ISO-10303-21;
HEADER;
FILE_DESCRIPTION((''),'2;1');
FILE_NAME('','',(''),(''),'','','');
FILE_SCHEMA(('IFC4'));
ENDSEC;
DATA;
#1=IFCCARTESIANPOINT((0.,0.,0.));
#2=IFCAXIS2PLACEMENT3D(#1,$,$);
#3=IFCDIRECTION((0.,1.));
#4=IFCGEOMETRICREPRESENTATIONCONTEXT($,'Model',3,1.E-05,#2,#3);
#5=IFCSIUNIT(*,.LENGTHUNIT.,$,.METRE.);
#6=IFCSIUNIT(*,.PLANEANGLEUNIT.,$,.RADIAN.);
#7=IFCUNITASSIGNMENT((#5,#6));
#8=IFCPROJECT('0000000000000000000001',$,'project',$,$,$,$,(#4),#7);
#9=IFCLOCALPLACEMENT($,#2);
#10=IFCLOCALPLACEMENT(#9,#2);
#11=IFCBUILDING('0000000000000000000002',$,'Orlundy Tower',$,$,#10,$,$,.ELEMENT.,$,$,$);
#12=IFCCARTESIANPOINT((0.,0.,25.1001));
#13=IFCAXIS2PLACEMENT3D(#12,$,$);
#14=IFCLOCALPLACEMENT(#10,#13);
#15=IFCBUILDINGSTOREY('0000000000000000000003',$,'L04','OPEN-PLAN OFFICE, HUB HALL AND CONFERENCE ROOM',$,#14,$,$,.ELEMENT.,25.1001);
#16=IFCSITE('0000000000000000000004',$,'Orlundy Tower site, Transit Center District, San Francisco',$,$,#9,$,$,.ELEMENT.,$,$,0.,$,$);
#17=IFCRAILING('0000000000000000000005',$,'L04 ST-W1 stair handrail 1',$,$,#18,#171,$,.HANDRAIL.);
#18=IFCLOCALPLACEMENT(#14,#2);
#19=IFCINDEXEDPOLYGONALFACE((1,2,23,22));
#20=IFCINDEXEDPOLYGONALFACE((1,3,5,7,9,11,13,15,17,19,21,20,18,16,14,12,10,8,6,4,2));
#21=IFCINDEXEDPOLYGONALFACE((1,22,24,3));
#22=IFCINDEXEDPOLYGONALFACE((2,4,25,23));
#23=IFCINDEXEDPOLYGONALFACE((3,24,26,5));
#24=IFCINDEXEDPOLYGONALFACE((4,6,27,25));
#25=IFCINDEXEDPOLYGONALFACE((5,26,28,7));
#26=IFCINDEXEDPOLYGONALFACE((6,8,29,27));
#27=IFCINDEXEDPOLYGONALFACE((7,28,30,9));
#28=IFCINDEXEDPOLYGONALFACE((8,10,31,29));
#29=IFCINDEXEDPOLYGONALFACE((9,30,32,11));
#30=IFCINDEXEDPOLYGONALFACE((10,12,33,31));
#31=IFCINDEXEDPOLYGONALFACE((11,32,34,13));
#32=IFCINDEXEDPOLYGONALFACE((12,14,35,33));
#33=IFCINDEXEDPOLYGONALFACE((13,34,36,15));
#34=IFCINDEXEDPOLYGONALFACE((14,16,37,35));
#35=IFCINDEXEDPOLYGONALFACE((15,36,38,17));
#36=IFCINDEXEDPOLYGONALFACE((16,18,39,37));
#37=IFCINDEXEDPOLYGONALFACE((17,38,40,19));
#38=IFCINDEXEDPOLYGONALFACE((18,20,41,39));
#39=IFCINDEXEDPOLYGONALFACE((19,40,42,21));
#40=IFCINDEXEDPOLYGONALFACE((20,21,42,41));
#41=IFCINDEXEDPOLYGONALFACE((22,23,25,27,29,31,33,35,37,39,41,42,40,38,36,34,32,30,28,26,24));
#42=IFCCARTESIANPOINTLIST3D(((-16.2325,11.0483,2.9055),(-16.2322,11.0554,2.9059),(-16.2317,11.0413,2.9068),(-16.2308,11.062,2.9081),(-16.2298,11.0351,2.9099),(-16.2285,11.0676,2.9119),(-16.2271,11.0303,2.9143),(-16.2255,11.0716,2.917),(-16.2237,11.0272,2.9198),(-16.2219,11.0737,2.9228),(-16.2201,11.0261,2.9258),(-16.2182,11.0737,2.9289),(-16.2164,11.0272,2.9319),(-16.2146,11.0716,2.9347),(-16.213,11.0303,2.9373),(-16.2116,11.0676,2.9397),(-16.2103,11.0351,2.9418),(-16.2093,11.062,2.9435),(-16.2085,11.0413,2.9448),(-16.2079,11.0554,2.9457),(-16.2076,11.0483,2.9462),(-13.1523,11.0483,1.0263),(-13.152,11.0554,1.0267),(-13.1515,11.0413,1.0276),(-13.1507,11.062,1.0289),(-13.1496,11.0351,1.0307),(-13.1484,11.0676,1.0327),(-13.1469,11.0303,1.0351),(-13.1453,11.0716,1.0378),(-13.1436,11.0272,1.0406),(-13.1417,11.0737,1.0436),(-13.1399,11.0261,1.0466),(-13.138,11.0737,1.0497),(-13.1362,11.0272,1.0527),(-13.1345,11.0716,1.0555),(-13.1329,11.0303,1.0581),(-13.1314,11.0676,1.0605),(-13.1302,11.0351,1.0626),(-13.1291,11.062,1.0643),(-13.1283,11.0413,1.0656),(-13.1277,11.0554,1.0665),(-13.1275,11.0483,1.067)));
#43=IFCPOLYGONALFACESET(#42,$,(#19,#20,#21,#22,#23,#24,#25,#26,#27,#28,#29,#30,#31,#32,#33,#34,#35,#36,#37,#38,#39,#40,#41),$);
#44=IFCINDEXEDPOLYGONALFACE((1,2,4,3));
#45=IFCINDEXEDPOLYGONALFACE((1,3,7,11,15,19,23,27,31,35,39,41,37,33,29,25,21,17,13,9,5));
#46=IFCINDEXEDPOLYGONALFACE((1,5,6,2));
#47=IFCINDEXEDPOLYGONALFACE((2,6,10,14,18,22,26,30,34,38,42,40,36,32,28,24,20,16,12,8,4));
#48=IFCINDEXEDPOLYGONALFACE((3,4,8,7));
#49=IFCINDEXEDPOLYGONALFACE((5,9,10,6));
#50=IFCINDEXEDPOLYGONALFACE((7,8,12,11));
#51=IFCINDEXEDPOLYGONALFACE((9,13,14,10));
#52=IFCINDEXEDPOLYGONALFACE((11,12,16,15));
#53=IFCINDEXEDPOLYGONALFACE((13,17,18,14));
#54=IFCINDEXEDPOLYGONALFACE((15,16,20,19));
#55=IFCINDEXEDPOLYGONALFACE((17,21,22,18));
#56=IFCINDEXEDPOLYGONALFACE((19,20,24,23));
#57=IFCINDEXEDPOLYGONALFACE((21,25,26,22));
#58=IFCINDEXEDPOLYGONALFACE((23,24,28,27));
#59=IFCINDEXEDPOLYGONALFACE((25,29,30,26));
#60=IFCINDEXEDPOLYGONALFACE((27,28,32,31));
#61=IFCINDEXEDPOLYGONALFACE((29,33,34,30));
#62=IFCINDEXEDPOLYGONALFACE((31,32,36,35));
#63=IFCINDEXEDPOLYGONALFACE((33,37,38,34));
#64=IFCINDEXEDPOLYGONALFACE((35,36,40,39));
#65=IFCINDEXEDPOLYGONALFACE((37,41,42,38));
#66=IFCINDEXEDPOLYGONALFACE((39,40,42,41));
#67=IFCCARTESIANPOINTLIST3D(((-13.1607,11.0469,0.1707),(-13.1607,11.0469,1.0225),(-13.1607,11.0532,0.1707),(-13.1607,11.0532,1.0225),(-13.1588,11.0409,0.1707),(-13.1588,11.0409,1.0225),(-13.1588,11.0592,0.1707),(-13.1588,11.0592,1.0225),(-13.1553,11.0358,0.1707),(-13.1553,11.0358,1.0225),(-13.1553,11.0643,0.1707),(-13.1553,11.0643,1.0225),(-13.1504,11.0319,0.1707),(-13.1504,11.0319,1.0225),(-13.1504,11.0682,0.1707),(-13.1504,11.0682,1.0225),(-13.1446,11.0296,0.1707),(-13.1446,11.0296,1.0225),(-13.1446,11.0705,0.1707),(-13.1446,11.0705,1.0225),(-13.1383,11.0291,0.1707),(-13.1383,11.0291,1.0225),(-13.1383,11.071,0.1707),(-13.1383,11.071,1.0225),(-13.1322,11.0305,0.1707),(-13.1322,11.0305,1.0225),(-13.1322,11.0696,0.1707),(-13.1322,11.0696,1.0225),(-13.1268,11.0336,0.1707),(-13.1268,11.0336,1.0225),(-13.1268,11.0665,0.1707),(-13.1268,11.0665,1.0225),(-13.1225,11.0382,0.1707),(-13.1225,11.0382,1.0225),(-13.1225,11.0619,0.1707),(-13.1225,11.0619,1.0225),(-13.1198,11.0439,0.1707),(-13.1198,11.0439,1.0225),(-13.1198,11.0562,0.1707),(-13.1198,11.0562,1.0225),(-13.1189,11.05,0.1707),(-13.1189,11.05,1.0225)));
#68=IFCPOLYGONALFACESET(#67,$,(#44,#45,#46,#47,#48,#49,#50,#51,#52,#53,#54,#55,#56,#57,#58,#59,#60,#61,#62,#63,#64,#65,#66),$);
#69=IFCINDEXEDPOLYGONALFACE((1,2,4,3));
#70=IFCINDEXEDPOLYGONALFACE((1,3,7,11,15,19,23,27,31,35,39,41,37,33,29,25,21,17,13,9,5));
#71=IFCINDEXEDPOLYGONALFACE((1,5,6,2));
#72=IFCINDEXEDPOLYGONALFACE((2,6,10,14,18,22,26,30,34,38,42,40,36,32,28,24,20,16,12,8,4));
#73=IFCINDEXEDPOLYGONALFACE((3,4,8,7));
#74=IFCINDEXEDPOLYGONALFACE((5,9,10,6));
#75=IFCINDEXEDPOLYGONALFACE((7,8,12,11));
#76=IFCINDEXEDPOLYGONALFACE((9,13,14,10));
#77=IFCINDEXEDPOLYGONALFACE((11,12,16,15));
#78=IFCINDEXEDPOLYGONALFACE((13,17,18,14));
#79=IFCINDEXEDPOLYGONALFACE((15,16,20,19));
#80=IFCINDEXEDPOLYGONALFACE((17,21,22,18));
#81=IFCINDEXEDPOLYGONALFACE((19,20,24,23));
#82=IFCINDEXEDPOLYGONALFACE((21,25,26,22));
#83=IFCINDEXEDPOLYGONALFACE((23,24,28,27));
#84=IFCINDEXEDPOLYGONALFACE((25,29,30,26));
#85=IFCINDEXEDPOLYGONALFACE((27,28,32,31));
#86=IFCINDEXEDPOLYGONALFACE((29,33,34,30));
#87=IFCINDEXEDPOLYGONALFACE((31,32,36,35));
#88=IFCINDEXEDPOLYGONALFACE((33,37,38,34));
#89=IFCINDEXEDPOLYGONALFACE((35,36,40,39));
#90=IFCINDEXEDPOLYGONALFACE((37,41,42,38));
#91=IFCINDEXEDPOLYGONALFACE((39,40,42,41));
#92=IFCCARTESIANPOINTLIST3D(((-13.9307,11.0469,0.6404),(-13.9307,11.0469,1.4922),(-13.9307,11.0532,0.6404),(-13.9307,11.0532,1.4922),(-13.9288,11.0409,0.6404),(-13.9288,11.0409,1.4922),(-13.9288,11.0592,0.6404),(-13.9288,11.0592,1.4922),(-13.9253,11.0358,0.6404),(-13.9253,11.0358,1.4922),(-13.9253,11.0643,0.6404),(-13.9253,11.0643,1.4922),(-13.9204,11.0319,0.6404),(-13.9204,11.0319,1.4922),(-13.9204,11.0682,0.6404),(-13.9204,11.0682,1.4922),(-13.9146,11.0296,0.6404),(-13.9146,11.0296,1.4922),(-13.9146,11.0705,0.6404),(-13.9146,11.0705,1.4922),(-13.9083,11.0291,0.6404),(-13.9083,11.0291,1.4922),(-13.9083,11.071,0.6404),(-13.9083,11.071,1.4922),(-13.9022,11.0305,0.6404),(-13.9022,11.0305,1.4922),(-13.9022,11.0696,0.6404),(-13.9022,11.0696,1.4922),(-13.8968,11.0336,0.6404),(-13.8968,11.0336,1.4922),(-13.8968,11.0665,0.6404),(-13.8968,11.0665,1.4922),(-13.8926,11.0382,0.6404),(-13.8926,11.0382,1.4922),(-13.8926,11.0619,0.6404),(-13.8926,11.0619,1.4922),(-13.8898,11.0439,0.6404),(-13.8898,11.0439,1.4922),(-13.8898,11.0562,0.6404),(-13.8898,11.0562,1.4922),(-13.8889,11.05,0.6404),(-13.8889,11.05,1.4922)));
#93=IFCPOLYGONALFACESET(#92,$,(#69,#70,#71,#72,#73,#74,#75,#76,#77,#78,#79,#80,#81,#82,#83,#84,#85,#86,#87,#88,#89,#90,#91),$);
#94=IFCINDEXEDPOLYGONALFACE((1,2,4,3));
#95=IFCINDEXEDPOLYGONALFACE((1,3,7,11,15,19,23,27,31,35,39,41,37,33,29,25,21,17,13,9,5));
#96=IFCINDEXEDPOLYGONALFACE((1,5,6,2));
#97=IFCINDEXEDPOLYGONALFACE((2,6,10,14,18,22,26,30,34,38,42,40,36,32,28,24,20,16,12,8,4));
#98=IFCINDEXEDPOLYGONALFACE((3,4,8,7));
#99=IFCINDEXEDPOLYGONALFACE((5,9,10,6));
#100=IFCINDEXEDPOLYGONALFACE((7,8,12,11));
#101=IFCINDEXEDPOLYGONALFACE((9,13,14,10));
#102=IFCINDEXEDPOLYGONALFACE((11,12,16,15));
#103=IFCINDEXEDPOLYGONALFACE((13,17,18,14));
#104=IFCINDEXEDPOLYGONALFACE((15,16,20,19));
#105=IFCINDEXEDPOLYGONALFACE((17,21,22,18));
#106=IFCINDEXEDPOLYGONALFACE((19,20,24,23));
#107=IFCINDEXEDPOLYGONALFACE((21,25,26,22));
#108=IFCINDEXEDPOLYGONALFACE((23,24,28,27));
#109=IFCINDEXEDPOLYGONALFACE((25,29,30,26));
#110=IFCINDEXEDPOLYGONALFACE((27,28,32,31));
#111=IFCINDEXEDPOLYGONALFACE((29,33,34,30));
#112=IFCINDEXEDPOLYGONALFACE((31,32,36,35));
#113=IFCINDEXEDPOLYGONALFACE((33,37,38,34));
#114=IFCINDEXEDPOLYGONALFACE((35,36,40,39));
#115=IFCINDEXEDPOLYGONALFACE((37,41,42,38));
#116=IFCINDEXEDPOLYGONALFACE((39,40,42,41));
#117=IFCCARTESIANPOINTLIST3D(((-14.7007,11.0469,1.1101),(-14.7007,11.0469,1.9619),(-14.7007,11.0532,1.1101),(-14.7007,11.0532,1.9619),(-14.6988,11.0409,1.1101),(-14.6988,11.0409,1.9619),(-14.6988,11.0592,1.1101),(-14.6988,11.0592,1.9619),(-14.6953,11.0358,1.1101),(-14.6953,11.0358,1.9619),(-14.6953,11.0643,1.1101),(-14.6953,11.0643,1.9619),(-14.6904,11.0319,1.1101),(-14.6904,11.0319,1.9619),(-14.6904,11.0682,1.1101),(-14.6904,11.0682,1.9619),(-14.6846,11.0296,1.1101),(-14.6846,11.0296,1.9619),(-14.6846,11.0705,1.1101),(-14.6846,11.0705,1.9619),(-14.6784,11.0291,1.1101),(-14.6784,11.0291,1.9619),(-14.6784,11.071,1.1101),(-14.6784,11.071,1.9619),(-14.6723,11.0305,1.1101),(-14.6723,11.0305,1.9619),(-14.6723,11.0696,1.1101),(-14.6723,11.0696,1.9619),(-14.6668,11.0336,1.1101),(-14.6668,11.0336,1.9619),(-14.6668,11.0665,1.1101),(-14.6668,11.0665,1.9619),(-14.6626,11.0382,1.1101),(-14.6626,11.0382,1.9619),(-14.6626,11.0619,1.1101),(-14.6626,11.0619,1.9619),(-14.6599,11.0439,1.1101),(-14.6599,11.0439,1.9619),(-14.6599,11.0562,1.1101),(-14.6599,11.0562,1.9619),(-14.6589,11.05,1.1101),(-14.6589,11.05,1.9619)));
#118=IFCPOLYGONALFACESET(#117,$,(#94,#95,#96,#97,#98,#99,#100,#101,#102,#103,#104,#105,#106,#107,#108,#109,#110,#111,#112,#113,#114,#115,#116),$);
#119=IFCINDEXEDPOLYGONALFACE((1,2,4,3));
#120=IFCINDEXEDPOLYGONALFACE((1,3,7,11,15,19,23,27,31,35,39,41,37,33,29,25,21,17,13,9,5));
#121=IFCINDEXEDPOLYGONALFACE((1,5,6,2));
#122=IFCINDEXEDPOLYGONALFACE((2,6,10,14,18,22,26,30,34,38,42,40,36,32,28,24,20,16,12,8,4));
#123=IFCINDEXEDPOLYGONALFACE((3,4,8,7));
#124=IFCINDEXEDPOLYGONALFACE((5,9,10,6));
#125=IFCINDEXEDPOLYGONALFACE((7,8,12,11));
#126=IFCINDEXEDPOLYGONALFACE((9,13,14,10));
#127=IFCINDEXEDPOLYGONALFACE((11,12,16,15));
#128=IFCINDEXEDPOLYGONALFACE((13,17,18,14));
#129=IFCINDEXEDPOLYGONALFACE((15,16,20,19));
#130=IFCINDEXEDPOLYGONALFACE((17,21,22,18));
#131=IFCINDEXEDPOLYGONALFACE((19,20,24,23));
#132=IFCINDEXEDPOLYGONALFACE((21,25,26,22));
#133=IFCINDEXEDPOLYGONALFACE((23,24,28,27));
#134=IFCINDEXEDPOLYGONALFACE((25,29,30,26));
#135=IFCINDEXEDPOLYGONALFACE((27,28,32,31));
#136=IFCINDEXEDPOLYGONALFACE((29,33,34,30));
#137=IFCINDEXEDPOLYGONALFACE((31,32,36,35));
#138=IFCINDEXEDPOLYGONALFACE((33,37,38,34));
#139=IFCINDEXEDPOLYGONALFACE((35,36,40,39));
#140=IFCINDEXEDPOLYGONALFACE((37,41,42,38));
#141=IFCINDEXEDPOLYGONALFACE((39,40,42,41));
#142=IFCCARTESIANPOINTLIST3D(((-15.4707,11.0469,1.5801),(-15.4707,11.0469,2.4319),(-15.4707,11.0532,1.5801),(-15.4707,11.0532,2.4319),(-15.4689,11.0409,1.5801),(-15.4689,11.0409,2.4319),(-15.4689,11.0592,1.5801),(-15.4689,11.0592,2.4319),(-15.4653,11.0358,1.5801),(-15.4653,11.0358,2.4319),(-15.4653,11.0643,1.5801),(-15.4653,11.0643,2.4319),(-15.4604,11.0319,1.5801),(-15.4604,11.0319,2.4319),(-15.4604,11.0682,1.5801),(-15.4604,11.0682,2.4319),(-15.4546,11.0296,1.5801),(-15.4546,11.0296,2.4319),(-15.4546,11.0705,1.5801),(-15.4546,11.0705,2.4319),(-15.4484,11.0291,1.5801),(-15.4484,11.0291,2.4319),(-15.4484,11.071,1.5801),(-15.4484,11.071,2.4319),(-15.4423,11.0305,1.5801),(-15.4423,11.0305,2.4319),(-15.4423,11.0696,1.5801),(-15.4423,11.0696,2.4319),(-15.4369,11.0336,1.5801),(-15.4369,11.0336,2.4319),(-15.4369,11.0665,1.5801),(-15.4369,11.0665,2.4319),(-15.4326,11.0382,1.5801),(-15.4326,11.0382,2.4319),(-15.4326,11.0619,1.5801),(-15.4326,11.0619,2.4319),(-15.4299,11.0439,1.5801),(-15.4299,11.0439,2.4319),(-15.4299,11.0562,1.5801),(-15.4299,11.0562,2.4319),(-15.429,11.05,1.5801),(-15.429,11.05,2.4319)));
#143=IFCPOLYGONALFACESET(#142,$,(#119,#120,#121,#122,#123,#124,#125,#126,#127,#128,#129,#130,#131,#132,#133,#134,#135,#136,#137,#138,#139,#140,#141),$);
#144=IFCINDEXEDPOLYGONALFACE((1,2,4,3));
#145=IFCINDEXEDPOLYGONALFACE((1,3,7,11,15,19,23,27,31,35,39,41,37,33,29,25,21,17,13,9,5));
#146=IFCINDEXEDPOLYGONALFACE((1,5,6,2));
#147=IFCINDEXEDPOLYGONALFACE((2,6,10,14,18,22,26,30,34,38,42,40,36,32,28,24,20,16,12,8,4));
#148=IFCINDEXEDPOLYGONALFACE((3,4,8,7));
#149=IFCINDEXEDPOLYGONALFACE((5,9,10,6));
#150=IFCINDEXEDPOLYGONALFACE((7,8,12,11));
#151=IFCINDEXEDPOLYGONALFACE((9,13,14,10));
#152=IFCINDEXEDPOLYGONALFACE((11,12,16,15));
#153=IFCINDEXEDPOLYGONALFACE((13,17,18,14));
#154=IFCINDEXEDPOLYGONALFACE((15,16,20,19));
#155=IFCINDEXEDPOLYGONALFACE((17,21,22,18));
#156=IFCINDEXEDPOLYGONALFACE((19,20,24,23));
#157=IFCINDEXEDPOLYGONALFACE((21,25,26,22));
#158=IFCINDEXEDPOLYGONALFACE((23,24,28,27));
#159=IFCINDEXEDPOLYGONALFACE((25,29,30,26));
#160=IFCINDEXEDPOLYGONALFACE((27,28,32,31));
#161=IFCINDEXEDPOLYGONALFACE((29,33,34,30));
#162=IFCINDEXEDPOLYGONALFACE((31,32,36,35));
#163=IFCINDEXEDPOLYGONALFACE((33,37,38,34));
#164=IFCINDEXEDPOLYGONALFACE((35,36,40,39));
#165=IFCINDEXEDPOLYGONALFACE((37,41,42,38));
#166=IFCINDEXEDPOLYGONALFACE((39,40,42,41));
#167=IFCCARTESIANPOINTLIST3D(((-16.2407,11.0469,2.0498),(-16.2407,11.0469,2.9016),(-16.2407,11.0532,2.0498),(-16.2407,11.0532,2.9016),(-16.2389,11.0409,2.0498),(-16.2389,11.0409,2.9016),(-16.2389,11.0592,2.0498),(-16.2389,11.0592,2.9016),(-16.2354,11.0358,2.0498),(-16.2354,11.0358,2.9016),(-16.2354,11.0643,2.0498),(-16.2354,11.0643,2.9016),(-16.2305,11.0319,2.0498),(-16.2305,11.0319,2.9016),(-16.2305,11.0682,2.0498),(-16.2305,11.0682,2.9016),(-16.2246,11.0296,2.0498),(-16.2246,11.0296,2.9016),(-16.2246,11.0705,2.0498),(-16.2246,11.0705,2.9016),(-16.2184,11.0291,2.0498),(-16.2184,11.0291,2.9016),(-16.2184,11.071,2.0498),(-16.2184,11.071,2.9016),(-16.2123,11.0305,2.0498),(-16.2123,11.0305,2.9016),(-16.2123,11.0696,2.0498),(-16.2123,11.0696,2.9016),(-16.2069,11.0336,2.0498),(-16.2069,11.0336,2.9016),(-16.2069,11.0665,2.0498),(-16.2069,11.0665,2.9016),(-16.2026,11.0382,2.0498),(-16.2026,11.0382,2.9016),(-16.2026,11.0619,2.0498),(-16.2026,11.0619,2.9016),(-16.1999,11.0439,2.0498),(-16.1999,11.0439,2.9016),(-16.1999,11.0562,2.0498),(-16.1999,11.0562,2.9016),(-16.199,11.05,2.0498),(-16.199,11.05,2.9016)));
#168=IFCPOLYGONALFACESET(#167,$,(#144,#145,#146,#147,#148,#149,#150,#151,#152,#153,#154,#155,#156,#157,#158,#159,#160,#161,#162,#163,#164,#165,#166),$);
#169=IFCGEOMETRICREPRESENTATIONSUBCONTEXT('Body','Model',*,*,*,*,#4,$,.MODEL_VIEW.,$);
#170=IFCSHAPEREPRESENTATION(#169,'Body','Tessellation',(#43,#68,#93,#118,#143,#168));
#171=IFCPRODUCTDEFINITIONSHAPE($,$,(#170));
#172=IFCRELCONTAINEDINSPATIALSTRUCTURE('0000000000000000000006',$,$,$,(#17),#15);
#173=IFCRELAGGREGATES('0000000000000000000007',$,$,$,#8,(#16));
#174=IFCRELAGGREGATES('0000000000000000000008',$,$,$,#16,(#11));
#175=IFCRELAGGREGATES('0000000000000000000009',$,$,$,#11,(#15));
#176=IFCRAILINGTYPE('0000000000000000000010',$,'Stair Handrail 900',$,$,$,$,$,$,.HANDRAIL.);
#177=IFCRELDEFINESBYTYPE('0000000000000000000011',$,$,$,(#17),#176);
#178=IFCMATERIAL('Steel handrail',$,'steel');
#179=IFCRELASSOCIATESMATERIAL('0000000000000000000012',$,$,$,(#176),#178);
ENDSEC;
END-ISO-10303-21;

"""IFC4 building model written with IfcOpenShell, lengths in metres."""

from ifc_helpers import new_model, si_unit, direction, frame, origin, origin_2d, place, context, subcontext, project, spatial, circle, extrude, material, type_object, element, save


model = new_model("IFC4")

# Units and contexts
model_context = context("Model", 3, precision=1e-05, world=origin(), true_north=direction((0.0, 1.0)))
body_context = subcontext(model_context, "Body", "Model", "MODEL_VIEW")
ifc_project = project(units=[si_unit("LENGTHUNIT", "METRE"), si_unit("PLANEANGLEUNIT", "RADIAN")], contexts=[model_context])

# Site, building, storey
site_placement = place(None, origin())
site = spatial("IfcSite", under=ifc_project, at=site_placement, Name="Orlundy Tower site, Transit Center District, San Francisco", CompositionType="ELEMENT", RefElevation=0.0)
building_placement = place(site_placement, origin())
building = spatial("IfcBuilding", under=site, at=building_placement, Name="Orlundy Tower", CompositionType="ELEMENT")
storey_placement = place(building_placement, frame((0.0, 0.0, 25.1001)))
storey = spatial("IfcBuildingStorey", under=building, at=storey_placement, Name="L04", Description="OPEN-PLAN OFFICE, HUB HALL AND CONFERENCE ROOM", CompositionType="ELEMENT", Elevation=25.1001)

# Railing
ifc_material_1 = material(Name="Steel handrail", Category="steel")
railing_type_1 = type_object("IfcRailingType", Name="Stair Handrail 900", PredefinedType="HANDRAIL", material=ifc_material_1)
railing_1_placement = place(storey_placement, frame((-13.1399, 11.05, 0.1707)))
element("IfcRailing", 1, at=railing_1_placement, inside=storey, type_object=railing_type_1, Name="L04 ST-W1 stair handrail 1", PredefinedType="HANDRAIL", context=body_context, shape_type="SweptSolid", body=[
    extrude(circle(Radius=0.0239, at=origin_2d()), frame((0.0, 0.0, 0.876), z_axis=(-0.853666, 0.0, 0.52082), x_axis=(0.0, -1.0, 0.0)), (0.0, 0.0, 1.0), 3.6082),
    extrude(circle(Radius=0.021, at=origin_2d()), origin(), (0.0, 0.0, 1.0), 0.8518),
    extrude(circle(Radius=0.021, at=origin_2d()), frame((-0.77, 0.0, 0.4697)), (0.0, 0.0, 1.0), 0.8518),
    extrude(circle(Radius=0.021, at=origin_2d()), frame((-1.54, 0.0, 0.9395)), (0.0, 0.0, 1.0), 0.8518),
    extrude(circle(Radius=0.021, at=origin_2d()), frame((-2.3101, 0.0, 1.4094)), (0.0, 0.0, 1.0), 0.8518),
    extrude(circle(Radius=0.021, at=origin_2d()), frame((-3.0801, 0.0, 1.8792)), (0.0, 0.0, 1.0), 0.8518),
])

save(model, "model.ifc")
